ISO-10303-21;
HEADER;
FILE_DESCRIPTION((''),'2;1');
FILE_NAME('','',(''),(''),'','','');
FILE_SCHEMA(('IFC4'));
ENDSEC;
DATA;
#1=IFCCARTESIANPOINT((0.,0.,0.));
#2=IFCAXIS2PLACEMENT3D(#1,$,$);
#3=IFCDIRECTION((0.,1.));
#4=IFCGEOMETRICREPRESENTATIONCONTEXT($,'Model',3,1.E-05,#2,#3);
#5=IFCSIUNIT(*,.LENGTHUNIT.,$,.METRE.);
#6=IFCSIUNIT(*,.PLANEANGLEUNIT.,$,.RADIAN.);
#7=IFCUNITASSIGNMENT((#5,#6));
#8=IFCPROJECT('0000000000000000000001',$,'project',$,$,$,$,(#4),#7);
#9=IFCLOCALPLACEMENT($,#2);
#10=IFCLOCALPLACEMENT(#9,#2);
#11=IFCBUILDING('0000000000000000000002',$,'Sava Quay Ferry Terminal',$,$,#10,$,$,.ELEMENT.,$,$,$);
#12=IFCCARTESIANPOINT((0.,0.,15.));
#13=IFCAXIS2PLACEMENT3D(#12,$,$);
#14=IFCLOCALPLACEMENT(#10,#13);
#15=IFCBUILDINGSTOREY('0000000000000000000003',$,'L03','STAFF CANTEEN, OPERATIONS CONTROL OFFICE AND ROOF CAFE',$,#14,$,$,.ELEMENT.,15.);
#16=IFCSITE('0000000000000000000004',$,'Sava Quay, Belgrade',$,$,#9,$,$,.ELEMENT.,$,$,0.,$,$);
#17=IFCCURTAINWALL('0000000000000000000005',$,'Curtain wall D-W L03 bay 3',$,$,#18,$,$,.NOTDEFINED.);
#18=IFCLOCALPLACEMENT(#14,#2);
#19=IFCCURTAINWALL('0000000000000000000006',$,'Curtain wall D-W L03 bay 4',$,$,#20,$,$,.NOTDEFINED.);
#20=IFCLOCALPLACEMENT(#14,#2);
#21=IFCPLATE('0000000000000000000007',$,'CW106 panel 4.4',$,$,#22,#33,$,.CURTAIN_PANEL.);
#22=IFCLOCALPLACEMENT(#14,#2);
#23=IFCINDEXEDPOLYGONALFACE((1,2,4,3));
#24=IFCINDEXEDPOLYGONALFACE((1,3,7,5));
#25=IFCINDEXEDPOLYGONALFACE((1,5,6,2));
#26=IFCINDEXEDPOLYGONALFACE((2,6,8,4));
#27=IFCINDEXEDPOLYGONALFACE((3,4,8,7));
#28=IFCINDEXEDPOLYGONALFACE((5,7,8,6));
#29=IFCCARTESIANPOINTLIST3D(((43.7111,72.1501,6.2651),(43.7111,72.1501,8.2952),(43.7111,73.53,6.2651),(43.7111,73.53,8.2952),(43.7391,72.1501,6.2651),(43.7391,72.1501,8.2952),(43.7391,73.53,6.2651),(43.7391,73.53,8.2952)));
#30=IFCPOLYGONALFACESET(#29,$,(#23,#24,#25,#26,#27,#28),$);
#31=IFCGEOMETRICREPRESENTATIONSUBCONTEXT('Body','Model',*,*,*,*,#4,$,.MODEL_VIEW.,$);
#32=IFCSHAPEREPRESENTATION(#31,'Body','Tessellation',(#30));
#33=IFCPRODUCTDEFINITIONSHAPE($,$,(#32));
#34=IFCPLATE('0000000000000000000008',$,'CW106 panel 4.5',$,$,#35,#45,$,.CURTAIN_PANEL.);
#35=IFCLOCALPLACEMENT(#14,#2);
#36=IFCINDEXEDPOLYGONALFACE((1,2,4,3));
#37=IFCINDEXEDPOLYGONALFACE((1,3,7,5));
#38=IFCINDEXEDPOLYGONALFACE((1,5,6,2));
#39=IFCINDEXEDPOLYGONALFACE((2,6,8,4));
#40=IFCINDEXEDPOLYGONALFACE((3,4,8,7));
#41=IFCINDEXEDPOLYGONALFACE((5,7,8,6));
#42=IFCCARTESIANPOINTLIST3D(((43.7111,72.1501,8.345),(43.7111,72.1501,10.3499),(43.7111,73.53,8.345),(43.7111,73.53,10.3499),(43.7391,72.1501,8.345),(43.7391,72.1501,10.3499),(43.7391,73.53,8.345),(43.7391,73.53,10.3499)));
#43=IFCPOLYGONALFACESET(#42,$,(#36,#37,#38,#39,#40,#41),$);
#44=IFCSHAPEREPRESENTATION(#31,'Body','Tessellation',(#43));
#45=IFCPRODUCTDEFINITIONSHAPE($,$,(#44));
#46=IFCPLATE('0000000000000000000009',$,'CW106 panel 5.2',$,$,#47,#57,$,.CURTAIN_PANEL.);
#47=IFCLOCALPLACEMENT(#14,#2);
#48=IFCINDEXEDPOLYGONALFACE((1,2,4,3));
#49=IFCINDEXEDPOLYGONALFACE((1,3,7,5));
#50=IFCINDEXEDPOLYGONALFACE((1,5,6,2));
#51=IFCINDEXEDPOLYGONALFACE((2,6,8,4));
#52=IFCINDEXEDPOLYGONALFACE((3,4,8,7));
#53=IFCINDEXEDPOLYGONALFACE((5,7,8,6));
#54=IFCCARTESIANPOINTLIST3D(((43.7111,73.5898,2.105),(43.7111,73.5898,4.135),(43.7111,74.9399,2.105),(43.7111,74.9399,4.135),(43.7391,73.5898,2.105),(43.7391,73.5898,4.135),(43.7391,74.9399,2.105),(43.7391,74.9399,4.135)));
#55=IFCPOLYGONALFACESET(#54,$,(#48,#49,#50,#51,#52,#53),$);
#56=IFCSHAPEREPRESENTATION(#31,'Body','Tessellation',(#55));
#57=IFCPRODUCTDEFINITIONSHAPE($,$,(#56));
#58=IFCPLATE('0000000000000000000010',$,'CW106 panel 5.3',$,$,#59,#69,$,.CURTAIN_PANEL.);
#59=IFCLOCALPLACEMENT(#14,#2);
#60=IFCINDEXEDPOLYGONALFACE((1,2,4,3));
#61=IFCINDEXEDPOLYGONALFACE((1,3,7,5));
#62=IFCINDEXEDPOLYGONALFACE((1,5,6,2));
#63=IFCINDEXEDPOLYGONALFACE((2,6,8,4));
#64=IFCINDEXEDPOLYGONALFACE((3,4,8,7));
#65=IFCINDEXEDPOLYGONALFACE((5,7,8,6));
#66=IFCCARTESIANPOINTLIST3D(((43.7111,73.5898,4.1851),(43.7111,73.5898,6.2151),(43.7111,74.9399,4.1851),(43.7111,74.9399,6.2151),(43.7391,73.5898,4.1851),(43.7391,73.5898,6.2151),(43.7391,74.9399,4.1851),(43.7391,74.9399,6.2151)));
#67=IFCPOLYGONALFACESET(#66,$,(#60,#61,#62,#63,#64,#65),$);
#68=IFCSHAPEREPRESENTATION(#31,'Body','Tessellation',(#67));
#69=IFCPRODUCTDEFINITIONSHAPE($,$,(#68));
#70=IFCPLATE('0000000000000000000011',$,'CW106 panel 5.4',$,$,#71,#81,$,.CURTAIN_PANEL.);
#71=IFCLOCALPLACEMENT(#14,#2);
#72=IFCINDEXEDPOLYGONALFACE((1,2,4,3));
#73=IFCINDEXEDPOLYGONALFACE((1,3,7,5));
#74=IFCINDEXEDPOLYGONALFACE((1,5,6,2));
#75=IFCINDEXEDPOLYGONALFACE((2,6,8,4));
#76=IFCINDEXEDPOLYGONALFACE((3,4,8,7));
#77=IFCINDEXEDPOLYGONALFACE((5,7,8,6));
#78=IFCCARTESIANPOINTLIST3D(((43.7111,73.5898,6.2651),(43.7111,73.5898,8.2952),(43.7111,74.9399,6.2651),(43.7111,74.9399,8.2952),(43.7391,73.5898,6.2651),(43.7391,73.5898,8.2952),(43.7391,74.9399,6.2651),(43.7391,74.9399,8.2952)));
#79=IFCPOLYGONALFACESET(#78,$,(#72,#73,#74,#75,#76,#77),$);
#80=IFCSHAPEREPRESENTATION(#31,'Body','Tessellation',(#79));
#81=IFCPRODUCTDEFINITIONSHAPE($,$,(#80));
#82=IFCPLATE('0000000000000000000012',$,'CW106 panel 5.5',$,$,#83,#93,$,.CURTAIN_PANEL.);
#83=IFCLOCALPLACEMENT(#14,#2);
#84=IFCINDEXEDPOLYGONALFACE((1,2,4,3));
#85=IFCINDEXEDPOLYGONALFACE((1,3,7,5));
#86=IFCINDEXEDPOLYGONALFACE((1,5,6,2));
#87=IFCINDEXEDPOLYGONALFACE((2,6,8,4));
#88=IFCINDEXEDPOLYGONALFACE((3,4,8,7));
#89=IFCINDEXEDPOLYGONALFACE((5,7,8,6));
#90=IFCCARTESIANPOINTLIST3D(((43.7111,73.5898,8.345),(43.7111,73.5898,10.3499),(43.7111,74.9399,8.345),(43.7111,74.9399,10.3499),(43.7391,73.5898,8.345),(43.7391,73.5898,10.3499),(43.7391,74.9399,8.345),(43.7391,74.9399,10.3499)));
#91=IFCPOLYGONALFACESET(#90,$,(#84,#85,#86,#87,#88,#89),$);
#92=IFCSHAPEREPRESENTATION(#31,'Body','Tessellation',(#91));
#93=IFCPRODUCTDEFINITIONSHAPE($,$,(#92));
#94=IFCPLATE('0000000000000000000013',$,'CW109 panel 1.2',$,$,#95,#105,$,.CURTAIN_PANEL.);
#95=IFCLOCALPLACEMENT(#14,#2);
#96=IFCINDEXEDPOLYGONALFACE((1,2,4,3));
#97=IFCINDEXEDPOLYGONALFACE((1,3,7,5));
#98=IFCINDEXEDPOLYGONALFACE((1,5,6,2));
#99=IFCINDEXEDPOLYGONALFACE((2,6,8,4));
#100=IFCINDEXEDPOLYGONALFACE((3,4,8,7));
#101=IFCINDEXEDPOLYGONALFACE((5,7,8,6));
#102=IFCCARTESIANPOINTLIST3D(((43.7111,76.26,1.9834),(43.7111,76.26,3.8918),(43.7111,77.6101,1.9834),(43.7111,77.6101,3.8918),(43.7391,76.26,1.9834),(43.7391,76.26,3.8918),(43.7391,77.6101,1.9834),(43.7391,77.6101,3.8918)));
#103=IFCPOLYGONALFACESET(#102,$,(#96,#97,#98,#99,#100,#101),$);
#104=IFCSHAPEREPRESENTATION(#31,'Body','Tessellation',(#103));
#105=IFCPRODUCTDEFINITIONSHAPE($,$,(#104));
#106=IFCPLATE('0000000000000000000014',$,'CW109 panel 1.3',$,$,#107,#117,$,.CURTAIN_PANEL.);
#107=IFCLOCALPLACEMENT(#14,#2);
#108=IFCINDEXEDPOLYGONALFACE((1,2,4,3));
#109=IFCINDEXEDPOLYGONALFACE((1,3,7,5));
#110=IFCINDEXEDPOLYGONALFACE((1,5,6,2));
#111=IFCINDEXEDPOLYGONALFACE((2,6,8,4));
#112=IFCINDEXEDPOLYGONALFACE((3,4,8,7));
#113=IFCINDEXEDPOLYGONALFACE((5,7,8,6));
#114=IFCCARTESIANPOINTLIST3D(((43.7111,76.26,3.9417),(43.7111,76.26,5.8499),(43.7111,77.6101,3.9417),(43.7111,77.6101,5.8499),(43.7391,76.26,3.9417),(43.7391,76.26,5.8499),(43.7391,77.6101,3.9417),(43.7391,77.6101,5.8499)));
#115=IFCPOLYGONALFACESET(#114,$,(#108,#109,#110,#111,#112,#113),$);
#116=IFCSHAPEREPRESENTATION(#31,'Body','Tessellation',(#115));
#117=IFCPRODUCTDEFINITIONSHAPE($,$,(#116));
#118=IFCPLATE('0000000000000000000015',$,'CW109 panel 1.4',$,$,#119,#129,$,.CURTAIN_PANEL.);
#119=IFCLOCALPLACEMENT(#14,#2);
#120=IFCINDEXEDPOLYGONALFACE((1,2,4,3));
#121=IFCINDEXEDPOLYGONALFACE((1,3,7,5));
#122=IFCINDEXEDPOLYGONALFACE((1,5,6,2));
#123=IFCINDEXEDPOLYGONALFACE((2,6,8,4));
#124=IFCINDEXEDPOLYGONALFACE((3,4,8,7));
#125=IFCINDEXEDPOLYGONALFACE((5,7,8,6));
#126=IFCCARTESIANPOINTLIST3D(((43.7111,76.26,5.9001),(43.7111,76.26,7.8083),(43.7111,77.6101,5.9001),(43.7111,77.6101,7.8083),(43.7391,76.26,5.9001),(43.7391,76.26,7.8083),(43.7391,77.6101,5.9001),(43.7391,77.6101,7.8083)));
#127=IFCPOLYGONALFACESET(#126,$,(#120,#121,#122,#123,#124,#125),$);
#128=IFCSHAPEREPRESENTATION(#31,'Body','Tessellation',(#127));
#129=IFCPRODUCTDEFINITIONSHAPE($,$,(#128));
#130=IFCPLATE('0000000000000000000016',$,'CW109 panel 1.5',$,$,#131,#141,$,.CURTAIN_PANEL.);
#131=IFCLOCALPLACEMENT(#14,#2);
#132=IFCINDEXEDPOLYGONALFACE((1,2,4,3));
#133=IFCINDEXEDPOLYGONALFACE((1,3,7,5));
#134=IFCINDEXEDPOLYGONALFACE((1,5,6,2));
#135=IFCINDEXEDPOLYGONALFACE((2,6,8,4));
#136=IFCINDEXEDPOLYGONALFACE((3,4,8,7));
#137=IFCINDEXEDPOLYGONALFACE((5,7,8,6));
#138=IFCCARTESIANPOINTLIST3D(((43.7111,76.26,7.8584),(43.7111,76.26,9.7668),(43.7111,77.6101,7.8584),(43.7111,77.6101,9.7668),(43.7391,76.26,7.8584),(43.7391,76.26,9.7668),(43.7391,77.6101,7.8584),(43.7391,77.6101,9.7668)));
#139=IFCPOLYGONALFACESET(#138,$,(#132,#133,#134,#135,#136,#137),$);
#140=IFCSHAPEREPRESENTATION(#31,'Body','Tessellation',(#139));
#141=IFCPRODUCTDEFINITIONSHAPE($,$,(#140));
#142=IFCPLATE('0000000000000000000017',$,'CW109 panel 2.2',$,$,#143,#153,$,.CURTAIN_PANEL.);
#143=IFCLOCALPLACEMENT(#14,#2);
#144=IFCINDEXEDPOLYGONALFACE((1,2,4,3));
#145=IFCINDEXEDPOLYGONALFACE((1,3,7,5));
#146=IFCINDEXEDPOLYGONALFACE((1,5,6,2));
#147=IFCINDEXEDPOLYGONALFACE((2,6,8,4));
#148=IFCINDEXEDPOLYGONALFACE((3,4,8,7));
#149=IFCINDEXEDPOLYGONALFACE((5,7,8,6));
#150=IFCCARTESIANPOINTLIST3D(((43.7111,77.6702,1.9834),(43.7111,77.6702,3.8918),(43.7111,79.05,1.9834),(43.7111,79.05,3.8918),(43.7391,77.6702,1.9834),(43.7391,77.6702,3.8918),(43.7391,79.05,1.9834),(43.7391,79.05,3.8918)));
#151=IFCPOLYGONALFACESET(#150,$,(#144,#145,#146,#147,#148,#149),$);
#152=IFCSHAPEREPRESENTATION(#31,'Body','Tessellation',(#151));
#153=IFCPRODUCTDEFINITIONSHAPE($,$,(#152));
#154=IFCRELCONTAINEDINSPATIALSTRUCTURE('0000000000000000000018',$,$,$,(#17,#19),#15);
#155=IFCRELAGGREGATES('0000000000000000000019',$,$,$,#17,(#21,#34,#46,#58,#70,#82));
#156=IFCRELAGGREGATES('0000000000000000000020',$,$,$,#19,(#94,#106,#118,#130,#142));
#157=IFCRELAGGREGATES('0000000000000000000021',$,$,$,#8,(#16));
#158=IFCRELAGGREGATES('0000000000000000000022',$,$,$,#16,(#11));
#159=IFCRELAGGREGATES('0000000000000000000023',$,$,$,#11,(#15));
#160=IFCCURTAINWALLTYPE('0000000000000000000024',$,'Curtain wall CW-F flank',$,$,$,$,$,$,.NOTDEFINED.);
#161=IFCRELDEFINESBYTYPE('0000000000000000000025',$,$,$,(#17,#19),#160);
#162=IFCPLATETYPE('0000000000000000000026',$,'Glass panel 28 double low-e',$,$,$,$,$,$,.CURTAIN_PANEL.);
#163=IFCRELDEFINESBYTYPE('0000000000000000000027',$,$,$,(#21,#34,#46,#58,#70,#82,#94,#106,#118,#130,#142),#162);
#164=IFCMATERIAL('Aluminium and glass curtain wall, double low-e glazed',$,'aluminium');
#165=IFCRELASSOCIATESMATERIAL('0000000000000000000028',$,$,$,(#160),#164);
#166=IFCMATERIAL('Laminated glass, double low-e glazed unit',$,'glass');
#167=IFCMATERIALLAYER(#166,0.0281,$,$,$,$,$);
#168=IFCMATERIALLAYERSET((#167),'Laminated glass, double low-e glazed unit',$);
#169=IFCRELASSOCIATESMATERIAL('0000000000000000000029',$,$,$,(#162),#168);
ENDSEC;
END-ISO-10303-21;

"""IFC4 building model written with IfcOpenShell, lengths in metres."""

from ifc_helpers import new_model, si_unit, direction, frame, origin, origin_2d, place, context, subcontext, project, spatial, rectangle, extrude, material, layer, layer_set, type_object, element, aggregate, save


model = new_model("IFC4")

# Units and contexts
model_context = context("Model", 3, precision=1e-05, world=origin(), true_north=direction((0.0, 1.0)))
body_context = subcontext(model_context, "Body", "Model", "MODEL_VIEW")
ifc_project = project(units=[si_unit("LENGTHUNIT", "METRE"), si_unit("PLANEANGLEUNIT", "RADIAN")], contexts=[model_context])

# Site, building, storey
site_placement = place(None, origin())
site = spatial("IfcSite", under=ifc_project, at=site_placement, Name="Sava Quay, Belgrade", CompositionType="ELEMENT", RefElevation=0.0)
building_placement = place(site_placement, origin())
building = spatial("IfcBuilding", under=site, at=building_placement, Name="Sava Quay Ferry Terminal", CompositionType="ELEMENT")
storey_placement = place(building_placement, frame((0.0, 0.0, 15.0)))
storey = spatial("IfcBuildingStorey", under=building, at=storey_placement, Name="L03", Description="STAFF CANTEEN, OPERATIONS CONTROL OFFICE AND ROOF CAFE", CompositionType="ELEMENT", Elevation=15.0)

# Curtain walls
ifc_material_1 = material(Name="Aluminium and glass curtain wall, double low-e glazed", Category="aluminium")
curtain_wall_type = type_object("IfcCurtainWallType", Name="Curtain wall CW-F flank", PredefinedType="NOTDEFINED", material=ifc_material_1)
curtain_wall_1_placement = place(storey_placement, origin())
curtain_wall_1 = element("IfcCurtainWall", 1, at=curtain_wall_1_placement, inside=storey, type_object=curtain_wall_type, Name="Curtain wall D-W L03 bay 3", PredefinedType="NOTDEFINED")
curtain_wall_2_placement = place(storey_placement, origin())
curtain_wall_2 = element("IfcCurtainWall", 2, at=curtain_wall_2_placement, inside=storey, type_object=curtain_wall_type, Name="Curtain wall D-W L03 bay 4", PredefinedType="NOTDEFINED")

# Plates
ifc_material_2 = material(Name="Laminated glass, double low-e glazed unit", Category="glass")
ifc_layer = layer(ifc_material_2, 0.0281)
ifc_layer_set = layer_set([ifc_layer], Name="Laminated glass, double low-e glazed unit")
plate_type = type_object("IfcPlateType", Name="Glass panel 28 double low-e", PredefinedType="CURTAIN_PANEL", material=ifc_layer_set)
plate_1_placement = place(storey_placement, frame((43.7251, 72.8401, 6.2651), z_axis=(0.0, 0.0, 1.0), x_axis=(0.0, 1.0, 0.0)))
plate_1 = element("IfcPlate", 3, at=plate_1_placement, type_object=plate_type, Name="CW106 panel 4.4", PredefinedType="CURTAIN_PANEL", context=body_context, shape_type="SweptSolid", body=[
    extrude(rectangle(XDim=1.3799, YDim=0.0281, at=origin_2d()), origin(), (0.0, 0.0, 1.0), 2.03),
])
plate_2_placement = place(storey_placement, frame((43.7251, 72.8401, 8.345), z_axis=(0.0, 0.0, 1.0), x_axis=(0.0, 1.0, 0.0)))
plate_2 = element("IfcPlate", 4, at=plate_2_placement, type_object=plate_type, Name="CW106 panel 4.5", PredefinedType="CURTAIN_PANEL", context=body_context, shape_type="SweptSolid", body=[
    extrude(rectangle(XDim=1.3799, YDim=0.0281, at=origin_2d()), origin(), (0.0, 0.0, 1.0), 2.0049),
])
plate_3_placement = place(storey_placement, frame((43.7251, 74.2649, 2.105), z_axis=(0.0, 0.0, 1.0), x_axis=(0.0, 1.0, 0.0)))
plate_3 = element("IfcPlate", 5, at=plate_3_placement, type_object=plate_type, Name="CW106 panel 5.2", PredefinedType="CURTAIN_PANEL", context=body_context, shape_type="SweptSolid", body=[
    extrude(rectangle(XDim=1.3501, YDim=0.0281, at=origin_2d()), origin(), (0.0, 0.0, 1.0), 2.03),
])
plate_4_placement = place(storey_placement, frame((43.7251, 74.2649, 4.1851), z_axis=(0.0, 0.0, 1.0), x_axis=(0.0, 1.0, 0.0)))
plate_4 = element("IfcPlate", 6, at=plate_4_placement, type_object=plate_type, Name="CW106 panel 5.3", PredefinedType="CURTAIN_PANEL", context=body_context, shape_type="SweptSolid", body=[
    extrude(rectangle(XDim=1.3501, YDim=0.0281, at=origin_2d()), origin(), (0.0, 0.0, 1.0), 2.03),
])
plate_5_placement = place(storey_placement, frame((43.7251, 74.2649, 6.2651), z_axis=(0.0, 0.0, 1.0), x_axis=(0.0, 1.0, 0.0)))
plate_5 = element("IfcPlate", 7, at=plate_5_placement, type_object=plate_type, Name="CW106 panel 5.4", PredefinedType="CURTAIN_PANEL", context=body_context, shape_type="SweptSolid", body=[
    extrude(rectangle(XDim=1.3501, YDim=0.0281, at=origin_2d()), origin(), (0.0, 0.0, 1.0), 2.03),
])
plate_6_placement = place(storey_placement, frame((43.7251, 74.2649, 8.345), z_axis=(0.0, 0.0, 1.0), x_axis=(0.0, 1.0, 0.0)))
plate_6 = element("IfcPlate", 8, at=plate_6_placement, type_object=plate_type, Name="CW106 panel 5.5", PredefinedType="CURTAIN_PANEL", context=body_context, shape_type="SweptSolid", body=[
    extrude(rectangle(XDim=1.3501, YDim=0.0281, at=origin_2d()), origin(), (0.0, 0.0, 1.0), 2.0049),
])
aggregate(curtain_wall_1, [plate_1, plate_2, plate_3, plate_4, plate_5, plate_6])
plate_7_placement = place(storey_placement, frame((43.7251, 76.9351, 1.9834), z_axis=(0.0, 0.0, 1.0), x_axis=(0.0, 1.0, 0.0)))
plate_7 = element("IfcPlate", 9, at=plate_7_placement, type_object=plate_type, Name="CW109 panel 1.2", PredefinedType="CURTAIN_PANEL", context=body_context, shape_type="SweptSolid", body=[
    extrude(rectangle(XDim=1.3501, YDim=0.0281, at=origin_2d()), origin(), (0.0, 0.0, 1.0), 1.9084),
])
plate_8_placement = place(storey_placement, frame((43.7251, 76.9351, 3.9417), z_axis=(0.0, 0.0, 1.0), x_axis=(0.0, 1.0, 0.0)))
plate_8 = element("IfcPlate", 10, at=plate_8_placement, type_object=plate_type, Name="CW109 panel 1.3", PredefinedType="CURTAIN_PANEL", context=body_context, shape_type="SweptSolid", body=[
    extrude(rectangle(XDim=1.3501, YDim=0.0281, at=origin_2d()), origin(), (0.0, 0.0, 1.0), 1.9082),
])
plate_9_placement = place(storey_placement, frame((43.7251, 76.9351, 5.9001), z_axis=(0.0, 0.0, 1.0), x_axis=(0.0, 1.0, 0.0)))
plate_9 = element("IfcPlate", 11, at=plate_9_placement, type_object=plate_type, Name="CW109 panel 1.4", PredefinedType="CURTAIN_PANEL", context=body_context, shape_type="SweptSolid", body=[
    extrude(rectangle(XDim=1.3501, YDim=0.0281, at=origin_2d()), origin(), (0.0, 0.0, 1.0), 1.9082),
])
plate_10_placement = place(storey_placement, frame((43.7251, 76.9351, 7.8584), z_axis=(0.0, 0.0, 1.0), x_axis=(0.0, 1.0, 0.0)))
plate_10 = element("IfcPlate", 12, at=plate_10_placement, type_object=plate_type, Name="CW109 panel 1.5", PredefinedType="CURTAIN_PANEL", context=body_context, shape_type="SweptSolid", body=[
    extrude(rectangle(XDim=1.3501, YDim=0.0281, at=origin_2d()), origin(), (0.0, 0.0, 1.0), 1.9084),
])
plate_11_placement = place(storey_placement, frame((43.7251, 78.3601, 1.9834), z_axis=(0.0, 0.0, 1.0), x_axis=(0.0, 1.0, 0.0)))
plate_11 = element("IfcPlate", 13, at=plate_11_placement, type_object=plate_type, Name="CW109 panel 2.2", PredefinedType="CURTAIN_PANEL", context=body_context, shape_type="SweptSolid", body=[
    extrude(rectangle(XDim=1.3799, YDim=0.0281, at=origin_2d()), origin(), (0.0, 0.0, 1.0), 1.9084),
])
aggregate(curtain_wall_2, [plate_7, plate_8, plate_9, plate_10, plate_11])

save(model, "model.ifc")
